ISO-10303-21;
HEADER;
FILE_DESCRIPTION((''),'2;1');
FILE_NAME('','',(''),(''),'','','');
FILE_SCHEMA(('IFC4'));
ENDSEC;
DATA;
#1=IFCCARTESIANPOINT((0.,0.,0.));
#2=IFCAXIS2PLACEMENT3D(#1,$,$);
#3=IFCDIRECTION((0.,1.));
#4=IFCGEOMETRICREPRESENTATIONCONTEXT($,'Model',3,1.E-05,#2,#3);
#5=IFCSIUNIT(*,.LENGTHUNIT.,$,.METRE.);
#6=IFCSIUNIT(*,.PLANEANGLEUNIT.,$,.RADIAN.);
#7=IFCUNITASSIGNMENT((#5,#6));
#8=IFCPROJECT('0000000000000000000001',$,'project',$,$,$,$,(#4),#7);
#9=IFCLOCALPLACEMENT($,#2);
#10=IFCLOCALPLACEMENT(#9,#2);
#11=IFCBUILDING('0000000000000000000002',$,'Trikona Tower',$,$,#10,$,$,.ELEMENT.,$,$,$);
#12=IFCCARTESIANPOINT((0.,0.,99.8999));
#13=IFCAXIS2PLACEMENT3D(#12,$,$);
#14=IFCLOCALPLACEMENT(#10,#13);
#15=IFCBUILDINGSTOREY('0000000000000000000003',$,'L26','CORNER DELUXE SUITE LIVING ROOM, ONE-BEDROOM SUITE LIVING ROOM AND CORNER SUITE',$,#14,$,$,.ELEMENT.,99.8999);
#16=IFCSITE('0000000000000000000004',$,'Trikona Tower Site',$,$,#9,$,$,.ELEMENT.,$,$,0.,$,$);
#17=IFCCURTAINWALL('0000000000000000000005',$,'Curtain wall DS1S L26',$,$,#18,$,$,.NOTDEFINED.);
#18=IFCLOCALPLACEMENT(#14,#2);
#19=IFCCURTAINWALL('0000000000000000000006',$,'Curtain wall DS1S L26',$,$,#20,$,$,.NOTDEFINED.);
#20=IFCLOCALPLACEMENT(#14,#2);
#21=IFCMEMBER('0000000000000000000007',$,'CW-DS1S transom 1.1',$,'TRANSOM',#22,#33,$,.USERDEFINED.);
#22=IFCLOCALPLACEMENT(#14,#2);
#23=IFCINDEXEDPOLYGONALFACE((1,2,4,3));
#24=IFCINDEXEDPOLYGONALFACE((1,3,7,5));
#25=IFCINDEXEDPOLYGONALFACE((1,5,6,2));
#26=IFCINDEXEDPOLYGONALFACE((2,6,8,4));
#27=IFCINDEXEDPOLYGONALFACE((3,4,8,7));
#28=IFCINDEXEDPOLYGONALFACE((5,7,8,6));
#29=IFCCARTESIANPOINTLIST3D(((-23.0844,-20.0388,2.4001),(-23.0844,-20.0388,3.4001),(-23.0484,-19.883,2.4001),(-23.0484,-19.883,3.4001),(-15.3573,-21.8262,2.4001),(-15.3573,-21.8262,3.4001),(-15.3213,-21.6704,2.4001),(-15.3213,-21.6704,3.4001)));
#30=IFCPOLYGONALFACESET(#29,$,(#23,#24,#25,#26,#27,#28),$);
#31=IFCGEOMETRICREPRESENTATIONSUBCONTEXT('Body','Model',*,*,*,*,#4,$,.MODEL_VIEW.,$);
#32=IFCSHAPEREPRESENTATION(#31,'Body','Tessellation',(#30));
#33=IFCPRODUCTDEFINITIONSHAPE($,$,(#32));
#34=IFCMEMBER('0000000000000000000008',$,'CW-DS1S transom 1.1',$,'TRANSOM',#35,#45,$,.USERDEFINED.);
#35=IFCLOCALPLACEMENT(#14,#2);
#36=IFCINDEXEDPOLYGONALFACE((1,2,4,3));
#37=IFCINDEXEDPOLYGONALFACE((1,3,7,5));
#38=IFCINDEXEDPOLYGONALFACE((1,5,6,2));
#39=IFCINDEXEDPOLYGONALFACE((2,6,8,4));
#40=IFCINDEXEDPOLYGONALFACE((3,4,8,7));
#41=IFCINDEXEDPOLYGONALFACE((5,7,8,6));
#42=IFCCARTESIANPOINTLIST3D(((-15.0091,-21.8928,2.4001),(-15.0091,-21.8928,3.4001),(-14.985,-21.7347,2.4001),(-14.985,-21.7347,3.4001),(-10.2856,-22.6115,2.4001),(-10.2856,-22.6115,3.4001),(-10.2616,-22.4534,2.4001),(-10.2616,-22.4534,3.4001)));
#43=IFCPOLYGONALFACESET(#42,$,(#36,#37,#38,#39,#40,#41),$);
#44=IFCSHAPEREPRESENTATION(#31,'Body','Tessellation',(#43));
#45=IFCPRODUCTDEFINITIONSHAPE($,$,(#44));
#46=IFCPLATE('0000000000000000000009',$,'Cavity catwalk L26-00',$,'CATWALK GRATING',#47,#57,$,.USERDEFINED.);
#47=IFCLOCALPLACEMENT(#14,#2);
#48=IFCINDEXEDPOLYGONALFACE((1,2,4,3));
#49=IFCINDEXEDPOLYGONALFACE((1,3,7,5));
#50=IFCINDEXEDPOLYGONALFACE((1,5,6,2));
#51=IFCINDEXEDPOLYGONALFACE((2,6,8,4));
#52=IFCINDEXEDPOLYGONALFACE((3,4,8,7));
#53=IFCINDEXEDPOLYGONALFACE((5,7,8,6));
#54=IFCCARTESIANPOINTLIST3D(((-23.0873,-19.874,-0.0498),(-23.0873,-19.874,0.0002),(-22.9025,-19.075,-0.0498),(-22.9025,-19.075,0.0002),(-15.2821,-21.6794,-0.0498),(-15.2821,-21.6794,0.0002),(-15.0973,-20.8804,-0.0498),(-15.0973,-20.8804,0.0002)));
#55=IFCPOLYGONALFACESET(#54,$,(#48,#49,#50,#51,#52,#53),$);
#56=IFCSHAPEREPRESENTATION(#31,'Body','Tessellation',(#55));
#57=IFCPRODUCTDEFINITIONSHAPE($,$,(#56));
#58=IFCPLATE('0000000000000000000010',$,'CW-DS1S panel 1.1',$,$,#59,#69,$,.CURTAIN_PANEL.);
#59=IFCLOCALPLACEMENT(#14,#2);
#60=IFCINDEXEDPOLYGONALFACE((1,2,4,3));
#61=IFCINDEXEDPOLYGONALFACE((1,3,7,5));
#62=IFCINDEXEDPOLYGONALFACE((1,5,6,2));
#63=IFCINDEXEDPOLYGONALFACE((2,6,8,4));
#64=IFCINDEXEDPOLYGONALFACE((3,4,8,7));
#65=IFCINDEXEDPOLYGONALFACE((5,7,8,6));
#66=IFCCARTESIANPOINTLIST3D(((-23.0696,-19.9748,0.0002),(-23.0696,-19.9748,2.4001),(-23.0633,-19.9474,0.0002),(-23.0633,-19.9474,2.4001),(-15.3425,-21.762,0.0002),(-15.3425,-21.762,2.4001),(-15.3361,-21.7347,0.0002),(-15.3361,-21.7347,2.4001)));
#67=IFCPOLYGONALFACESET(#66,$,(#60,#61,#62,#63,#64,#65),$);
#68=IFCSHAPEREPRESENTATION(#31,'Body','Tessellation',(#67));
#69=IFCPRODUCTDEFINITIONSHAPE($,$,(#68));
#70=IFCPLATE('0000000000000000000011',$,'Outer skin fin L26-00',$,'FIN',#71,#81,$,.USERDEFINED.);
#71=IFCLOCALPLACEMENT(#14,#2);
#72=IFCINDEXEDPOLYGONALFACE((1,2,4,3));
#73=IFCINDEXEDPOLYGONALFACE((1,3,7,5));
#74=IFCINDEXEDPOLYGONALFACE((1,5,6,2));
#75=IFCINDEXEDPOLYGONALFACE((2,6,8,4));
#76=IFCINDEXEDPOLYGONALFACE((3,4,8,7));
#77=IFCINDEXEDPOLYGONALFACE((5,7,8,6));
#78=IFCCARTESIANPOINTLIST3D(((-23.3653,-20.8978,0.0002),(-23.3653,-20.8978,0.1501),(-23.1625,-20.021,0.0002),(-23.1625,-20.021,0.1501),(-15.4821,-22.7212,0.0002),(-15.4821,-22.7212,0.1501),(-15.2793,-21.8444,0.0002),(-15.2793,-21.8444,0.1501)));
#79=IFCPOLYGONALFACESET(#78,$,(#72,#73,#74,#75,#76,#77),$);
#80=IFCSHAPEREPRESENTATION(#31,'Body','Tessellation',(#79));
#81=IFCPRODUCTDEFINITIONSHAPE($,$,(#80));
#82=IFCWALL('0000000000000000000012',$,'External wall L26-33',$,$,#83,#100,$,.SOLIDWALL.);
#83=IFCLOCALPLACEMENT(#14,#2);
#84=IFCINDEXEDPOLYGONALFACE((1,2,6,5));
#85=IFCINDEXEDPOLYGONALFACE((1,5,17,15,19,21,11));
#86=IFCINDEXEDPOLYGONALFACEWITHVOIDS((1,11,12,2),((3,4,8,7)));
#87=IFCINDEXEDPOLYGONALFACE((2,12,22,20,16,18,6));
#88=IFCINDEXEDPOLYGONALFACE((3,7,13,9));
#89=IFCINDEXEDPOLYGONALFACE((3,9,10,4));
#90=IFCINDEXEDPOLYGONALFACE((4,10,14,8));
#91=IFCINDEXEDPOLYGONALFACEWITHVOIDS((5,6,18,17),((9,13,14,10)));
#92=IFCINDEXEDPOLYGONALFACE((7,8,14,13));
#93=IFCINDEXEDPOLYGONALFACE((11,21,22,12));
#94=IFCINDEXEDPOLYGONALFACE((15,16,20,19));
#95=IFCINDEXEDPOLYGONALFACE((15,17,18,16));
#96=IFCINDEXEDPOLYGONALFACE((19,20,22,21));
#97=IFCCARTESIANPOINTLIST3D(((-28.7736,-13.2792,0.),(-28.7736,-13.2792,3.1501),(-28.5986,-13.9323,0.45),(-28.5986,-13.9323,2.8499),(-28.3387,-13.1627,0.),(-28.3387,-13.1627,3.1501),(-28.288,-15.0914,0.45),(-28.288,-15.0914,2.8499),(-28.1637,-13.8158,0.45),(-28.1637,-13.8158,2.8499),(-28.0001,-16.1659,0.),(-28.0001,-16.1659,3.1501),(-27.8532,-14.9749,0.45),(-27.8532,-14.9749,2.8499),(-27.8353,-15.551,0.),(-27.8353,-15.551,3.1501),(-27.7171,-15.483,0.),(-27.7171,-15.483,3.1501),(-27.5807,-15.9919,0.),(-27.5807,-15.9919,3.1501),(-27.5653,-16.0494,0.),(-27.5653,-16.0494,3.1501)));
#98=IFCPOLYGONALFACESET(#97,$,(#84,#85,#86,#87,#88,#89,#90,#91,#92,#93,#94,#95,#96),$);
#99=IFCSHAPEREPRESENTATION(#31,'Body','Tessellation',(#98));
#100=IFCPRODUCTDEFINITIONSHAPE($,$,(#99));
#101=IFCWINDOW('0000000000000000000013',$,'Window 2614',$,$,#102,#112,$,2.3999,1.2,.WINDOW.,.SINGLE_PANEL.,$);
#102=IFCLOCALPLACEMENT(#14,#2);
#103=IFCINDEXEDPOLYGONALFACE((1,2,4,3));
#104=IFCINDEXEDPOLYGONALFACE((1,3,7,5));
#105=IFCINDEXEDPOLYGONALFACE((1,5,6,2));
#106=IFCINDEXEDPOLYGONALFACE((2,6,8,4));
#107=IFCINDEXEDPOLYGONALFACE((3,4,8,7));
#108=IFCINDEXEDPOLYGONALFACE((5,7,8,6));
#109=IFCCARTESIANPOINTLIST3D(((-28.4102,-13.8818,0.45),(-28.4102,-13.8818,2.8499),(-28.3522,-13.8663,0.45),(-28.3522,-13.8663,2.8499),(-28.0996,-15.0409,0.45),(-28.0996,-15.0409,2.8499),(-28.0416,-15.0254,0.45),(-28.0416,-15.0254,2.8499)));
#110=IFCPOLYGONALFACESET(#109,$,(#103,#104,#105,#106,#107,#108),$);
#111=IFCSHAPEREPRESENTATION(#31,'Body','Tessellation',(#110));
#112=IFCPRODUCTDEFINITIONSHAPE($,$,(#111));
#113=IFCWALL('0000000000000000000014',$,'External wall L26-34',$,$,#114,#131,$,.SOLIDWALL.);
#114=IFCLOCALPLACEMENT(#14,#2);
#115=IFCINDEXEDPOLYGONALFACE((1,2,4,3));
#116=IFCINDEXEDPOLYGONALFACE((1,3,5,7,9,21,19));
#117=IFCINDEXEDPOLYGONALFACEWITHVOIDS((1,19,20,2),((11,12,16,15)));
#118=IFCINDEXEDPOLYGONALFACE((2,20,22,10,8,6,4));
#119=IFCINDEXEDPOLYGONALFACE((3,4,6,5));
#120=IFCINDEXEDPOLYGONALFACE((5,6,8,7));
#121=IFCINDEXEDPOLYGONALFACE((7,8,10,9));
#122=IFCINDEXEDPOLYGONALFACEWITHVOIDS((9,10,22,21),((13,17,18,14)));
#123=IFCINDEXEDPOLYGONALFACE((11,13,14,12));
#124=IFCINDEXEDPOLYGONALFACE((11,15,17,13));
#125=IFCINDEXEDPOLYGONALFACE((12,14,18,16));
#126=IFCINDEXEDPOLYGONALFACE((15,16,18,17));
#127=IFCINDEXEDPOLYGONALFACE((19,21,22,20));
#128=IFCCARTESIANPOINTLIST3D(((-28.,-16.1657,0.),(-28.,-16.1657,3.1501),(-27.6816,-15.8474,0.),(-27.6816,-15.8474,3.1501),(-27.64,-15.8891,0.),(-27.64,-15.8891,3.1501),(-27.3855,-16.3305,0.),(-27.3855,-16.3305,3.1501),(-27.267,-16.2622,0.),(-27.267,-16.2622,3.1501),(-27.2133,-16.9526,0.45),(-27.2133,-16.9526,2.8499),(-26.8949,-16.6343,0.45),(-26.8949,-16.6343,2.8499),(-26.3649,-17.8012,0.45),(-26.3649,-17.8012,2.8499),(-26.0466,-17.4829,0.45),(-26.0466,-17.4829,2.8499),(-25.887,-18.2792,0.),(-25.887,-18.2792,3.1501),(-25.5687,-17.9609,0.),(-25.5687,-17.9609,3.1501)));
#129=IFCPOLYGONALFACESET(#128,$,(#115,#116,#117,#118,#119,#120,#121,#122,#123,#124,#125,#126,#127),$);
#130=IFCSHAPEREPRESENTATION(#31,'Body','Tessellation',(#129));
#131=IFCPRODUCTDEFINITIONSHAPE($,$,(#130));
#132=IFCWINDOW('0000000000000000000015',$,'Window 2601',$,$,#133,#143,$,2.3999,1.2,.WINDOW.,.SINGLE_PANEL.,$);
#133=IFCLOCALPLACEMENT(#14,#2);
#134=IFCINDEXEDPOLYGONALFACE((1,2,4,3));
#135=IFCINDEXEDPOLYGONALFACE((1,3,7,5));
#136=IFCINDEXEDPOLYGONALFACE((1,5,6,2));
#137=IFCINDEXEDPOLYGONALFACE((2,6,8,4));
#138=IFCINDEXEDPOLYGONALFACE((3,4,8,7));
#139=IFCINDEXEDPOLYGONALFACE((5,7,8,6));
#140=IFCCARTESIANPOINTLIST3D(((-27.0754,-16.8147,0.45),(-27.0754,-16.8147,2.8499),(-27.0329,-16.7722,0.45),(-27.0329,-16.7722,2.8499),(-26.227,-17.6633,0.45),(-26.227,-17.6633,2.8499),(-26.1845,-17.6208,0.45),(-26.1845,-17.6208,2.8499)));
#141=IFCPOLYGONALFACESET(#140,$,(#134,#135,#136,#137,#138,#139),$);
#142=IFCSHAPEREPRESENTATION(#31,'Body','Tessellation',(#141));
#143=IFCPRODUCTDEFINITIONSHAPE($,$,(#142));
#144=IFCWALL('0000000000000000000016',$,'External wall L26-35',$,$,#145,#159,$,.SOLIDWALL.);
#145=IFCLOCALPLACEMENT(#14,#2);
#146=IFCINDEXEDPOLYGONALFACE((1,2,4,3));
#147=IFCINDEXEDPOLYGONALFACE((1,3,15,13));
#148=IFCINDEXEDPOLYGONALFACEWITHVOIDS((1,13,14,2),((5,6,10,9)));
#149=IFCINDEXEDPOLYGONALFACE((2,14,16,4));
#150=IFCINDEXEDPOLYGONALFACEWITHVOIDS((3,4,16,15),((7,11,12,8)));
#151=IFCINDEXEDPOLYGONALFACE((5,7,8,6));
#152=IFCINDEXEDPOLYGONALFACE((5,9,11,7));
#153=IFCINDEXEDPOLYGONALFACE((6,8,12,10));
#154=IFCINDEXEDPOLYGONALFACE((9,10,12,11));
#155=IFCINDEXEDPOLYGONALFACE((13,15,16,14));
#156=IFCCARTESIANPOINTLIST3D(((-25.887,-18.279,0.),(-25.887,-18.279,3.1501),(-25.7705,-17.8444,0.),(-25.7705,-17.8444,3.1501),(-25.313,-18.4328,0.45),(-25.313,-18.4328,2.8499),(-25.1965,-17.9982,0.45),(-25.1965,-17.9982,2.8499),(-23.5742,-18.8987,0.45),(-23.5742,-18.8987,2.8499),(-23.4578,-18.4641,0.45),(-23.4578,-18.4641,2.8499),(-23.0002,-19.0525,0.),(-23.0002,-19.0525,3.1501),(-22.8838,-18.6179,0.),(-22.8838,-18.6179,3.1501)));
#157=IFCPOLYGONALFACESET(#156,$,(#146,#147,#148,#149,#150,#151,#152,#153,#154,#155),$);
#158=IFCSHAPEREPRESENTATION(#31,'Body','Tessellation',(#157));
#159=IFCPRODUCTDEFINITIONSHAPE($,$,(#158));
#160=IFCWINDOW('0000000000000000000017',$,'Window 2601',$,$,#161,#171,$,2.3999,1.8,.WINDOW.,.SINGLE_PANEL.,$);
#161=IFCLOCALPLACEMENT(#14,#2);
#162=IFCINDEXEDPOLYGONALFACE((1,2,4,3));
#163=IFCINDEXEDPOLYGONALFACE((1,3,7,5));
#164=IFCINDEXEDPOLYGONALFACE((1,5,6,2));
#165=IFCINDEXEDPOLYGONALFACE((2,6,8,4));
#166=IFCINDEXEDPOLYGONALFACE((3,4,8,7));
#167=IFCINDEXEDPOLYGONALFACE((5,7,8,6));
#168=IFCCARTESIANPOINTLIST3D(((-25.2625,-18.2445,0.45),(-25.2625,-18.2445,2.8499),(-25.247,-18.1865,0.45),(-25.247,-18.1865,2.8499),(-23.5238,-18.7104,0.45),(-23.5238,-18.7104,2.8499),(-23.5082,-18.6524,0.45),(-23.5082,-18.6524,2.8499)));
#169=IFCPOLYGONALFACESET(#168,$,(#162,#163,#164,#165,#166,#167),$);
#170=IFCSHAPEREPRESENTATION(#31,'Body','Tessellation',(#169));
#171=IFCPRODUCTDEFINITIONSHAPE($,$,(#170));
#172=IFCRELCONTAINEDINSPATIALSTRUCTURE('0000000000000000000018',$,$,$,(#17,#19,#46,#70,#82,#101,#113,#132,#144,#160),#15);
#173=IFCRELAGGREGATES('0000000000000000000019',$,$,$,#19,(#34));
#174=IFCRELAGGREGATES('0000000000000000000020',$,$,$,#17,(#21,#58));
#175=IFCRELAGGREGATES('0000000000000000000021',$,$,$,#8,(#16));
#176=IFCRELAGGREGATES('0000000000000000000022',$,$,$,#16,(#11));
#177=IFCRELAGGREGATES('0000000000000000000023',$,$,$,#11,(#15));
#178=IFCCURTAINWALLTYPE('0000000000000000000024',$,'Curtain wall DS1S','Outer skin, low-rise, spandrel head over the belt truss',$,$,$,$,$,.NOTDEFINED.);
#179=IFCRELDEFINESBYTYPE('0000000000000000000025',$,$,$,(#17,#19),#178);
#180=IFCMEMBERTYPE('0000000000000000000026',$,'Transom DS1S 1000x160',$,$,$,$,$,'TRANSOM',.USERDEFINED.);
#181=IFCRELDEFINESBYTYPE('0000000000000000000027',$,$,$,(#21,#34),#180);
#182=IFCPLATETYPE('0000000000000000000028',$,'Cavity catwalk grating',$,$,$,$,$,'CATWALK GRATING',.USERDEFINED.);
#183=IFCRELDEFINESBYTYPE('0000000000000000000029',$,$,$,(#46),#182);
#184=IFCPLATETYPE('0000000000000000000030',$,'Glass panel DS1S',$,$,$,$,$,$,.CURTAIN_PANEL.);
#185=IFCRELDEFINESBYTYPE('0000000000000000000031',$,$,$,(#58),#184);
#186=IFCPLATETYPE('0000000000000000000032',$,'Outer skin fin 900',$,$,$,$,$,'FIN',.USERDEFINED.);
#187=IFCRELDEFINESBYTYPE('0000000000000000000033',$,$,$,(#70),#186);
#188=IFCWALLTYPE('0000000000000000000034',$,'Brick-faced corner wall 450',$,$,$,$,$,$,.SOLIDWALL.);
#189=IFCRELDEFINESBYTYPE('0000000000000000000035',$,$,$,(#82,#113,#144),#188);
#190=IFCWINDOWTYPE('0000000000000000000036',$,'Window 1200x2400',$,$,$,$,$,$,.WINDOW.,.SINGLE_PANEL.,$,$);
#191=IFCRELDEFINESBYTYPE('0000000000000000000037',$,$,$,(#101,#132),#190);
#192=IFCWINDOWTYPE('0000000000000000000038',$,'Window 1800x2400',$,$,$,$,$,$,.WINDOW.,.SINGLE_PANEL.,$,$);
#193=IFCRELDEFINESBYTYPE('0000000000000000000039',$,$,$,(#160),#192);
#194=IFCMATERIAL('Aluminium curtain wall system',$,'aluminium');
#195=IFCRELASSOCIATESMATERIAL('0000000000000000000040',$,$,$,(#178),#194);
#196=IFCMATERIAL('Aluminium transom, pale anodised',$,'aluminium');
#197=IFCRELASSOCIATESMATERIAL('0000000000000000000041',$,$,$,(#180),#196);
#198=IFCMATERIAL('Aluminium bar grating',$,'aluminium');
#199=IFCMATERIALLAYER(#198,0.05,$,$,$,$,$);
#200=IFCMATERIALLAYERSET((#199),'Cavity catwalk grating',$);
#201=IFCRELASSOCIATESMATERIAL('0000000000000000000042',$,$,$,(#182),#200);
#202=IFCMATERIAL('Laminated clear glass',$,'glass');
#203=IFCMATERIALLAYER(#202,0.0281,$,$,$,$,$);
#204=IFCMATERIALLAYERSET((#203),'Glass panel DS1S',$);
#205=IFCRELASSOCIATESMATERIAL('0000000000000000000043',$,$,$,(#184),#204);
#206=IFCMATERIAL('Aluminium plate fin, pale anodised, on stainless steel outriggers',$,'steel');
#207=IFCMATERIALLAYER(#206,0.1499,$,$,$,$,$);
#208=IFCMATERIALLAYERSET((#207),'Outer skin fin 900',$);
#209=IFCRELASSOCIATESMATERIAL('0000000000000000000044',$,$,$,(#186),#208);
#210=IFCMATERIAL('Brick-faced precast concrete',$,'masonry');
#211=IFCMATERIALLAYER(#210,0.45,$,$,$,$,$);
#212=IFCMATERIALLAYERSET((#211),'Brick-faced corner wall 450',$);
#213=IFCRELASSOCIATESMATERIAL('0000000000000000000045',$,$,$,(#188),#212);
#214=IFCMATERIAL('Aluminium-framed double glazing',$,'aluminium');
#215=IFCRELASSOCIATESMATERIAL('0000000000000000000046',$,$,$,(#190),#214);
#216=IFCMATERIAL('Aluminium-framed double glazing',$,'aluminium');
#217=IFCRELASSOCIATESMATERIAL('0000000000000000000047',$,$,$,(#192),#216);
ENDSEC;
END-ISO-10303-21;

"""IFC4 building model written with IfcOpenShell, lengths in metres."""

from ifc_helpers import new_model, si_unit, direction, frame, frame_2d, origin, origin_2d, place, context, subcontext, project, spatial, polyline, rectangle, outline, extrude, material, layer, layer_set, material_profile, profile_set, type_object, element, fill, aggregate, save


model = new_model("IFC4")

# Units and contexts
model_context = context("Model", 3, precision=1e-05, world=origin(), true_north=direction((0.0, 1.0)))
body_context = subcontext(model_context, "Body", "Model", "MODEL_VIEW")
ifc_project = project(units=[si_unit("LENGTHUNIT", "METRE"), si_unit("PLANEANGLEUNIT", "RADIAN")], contexts=[model_context])

# Site, building, storey
site_placement = place(None, origin())
site = spatial("IfcSite", under=ifc_project, at=site_placement, Name="Trikona Tower Site", CompositionType="ELEMENT", RefElevation=0.0)
building_placement = place(site_placement, origin())
building = spatial("IfcBuilding", under=site, at=building_placement, Name="Trikona Tower", CompositionType="ELEMENT")
storey_placement = place(building_placement, frame((0.0, 0.0, 99.8999)))
storey = spatial("IfcBuildingStorey", under=building, at=storey_placement, Name="L26", Description="CORNER DELUXE SUITE LIVING ROOM, ONE-BEDROOM SUITE LIVING ROOM AND CORNER SUITE", CompositionType="ELEMENT", Elevation=99.8999)

# Curtain wall
ifc_material_1 = material(Name="Aluminium curtain wall system", Category="aluminium")
curtain_wall_type = type_object("IfcCurtainWallType", Name="Curtain wall DS1S", Description="Outer skin, low-rise, spandrel head over the belt truss", PredefinedType="NOTDEFINED", material=ifc_material_1)
curtain_wall_1_placement = place(storey_placement, origin())
curtain_wall_1 = element("IfcCurtainWall", 1, at=curtain_wall_1_placement, inside=storey, type_object=curtain_wall_type, Name="Curtain wall DS1S L26", PredefinedType="NOTDEFINED")

# Curtain wall
curtain_wall_2_placement = place(storey_placement, origin())
curtain_wall_2 = element("IfcCurtainWall", 2, at=curtain_wall_2_placement, inside=storey, type_object=curtain_wall_type, Name="Curtain wall DS1S L26", PredefinedType="NOTDEFINED")

# Members
ifc_material_2 = material(Name="Aluminium transom, pale anodised", Category="aluminium")
ifc_material_profile_1 = material_profile(ifc_material_2, rectangle(XDim=0.1599, YDim=1.0, at=origin_2d()), Name="TRN-DS1S")
ifc_profile_set_1 = profile_set([ifc_material_profile_1], Name="Aluminium transom, pale anodised")
member_type_1 = type_object("IfcMemberType", Name="Transom DS1S 1000x160", ElementType="TRANSOM", PredefinedType="USERDEFINED", material=ifc_profile_set_1)
member_1_placement = place(storey_placement, frame((-23.0664, -19.9609, 2.9001), z_axis=(0.974275, -0.225361, 0.0), x_axis=(0.225361, 0.974275, 0.0)))
member_1 = element("IfcMember", 3, at=member_1_placement, type_object=member_type_1, Name="CW-DS1S transom 1.1", ObjectType="TRANSOM", PredefinedType="USERDEFINED", context=body_context, shape_type="SweptSolid", body=[
    extrude(rectangle(XDim=0.1599, YDim=1.0, at=origin_2d()), origin(), (0.0, 0.0, 1.0), 7.9312),
])
member_2_placement = place(storey_placement, frame((-14.9971, -21.8137, 2.9001), z_axis=(0.98862, -0.150437, 0.0), x_axis=(0.150437, 0.98862, 0.0)))
member_2 = element("IfcMember", 4, at=member_2_placement, type_object=member_type_1, Name="CW-DS1S transom 1.1", ObjectType="TRANSOM", PredefinedType="USERDEFINED", context=body_context, shape_type="SweptSolid", body=[
    extrude(rectangle(XDim=0.1599, YDim=1.0, at=origin_2d()), origin(), (0.0, 0.0, 1.0), 4.7778),
])
aggregate(curtain_wall_2, [member_2])

# Plates
ifc_material_3 = material(Name="Aluminium bar grating", Category="aluminium")
ifc_layer_1 = layer(ifc_material_3, 0.05)
ifc_layer_set_1 = layer_set([ifc_layer_1], Name="Cavity catwalk grating")
plate_type_1 = type_object("IfcPlateType", Name="Cavity catwalk grating", ElementType="CATWALK GRATING", PredefinedType="USERDEFINED", material=ifc_layer_set_1)
plate_1_placement = place(storey_placement, frame((-19.0923, -20.3772, -0.0498), z_axis=(0.0, 0.0, 1.0), x_axis=(0.974278, -0.225351, 0.0)))
element("IfcPlate", 5, at=plate_1_placement, inside=storey, type_object=plate_type_1, Name="Cavity catwalk L26-00", ObjectType="CATWALK GRATING", PredefinedType="USERDEFINED", context=body_context, shape_type="SweptSolid", body=[
    extrude(rectangle(XDim=8.0112, YDim=0.8201, at=origin_2d()), origin(), (0.0, 0.0, 1.0), 0.05),
])
ifc_material_4 = material(Name="Laminated clear glass", Category="glass")
ifc_layer_2 = layer(ifc_material_4, 0.0281)
ifc_layer_set_2 = layer_set([ifc_layer_2], Name="Glass panel DS1S")
plate_type_2 = type_object("IfcPlateType", Name="Glass panel DS1S", PredefinedType="CURTAIN_PANEL", material=ifc_layer_set_2)
plate_2_placement = place(storey_placement, frame((-19.2029, -20.8547, 0.0002), z_axis=(0.0, 0.0, 1.0), x_axis=(0.974279, -0.225343, 0.0)))
plate_2 = element("IfcPlate", 6, at=plate_2_placement, type_object=plate_type_2, Name="CW-DS1S panel 1.1", PredefinedType="CURTAIN_PANEL", context=body_context, shape_type="SweptSolid", body=[
    extrude(rectangle(XDim=7.9312, YDim=0.0281, at=origin_2d()), origin(), (0.0, 0.0, 1.0), 2.3999),
])
aggregate(curtain_wall_1, [member_1, plate_2])
ifc_material_5 = material(Name="Aluminium plate fin, pale anodised, on stainless steel outriggers", Category="steel")
ifc_layer_3 = layer(ifc_material_5, 0.1499)
ifc_layer_set_3 = layer_set([ifc_layer_3], Name="Outer skin fin 900")
plate_type_3 = type_object("IfcPlateType", Name="Outer skin fin 900", ElementType="FIN", PredefinedType="USERDEFINED", material=ifc_layer_set_3)
plate_3_placement = place(storey_placement, frame((-19.3223, -21.3711, 0.0002), z_axis=(0.0, 0.0, 1.0), x_axis=(0.974278, -0.225351, 0.0)))
element("IfcPlate", 7, at=plate_3_placement, inside=storey, type_object=plate_type_3, Name="Outer skin fin L26-00", ObjectType="FIN", PredefinedType="USERDEFINED", context=body_context, shape_type="SweptSolid", body=[
    extrude(rectangle(XDim=8.0913, YDim=0.8999, at=origin_2d()), origin(), (0.0, 0.0, 1.0), 0.1499),
])

# Walls, openings, windows
ifc_material_6 = material(Name="Brick-faced precast concrete", Category="masonry")
ifc_layer_4 = layer(ifc_material_6, 0.45)
ifc_layer_set_4 = layer_set([ifc_layer_4], Name="Brick-faced corner wall 450")
wall_type_1 = type_object("IfcWallType", Name="Brick-faced corner wall 450", PredefinedType="SOLIDWALL", material=ifc_layer_set_4)
wall_1_placement = place(storey_placement, frame((-28.5562, -13.2209, 0.0), z_axis=(0.0, 0.0, 1.0), x_axis=(0.258801, -0.965931, 0.0)))
wall_1 = element("IfcWall", 8, at=wall_1_placement, inside=storey, type_object=wall_type_1, Name="External wall L26-33", PredefinedType="SOLIDWALL", context=body_context, shape_type="SweptSolid", body=[
    extrude(outline(polyline([(2.9885, 0.2251), (2.929, 0.2251), (2.4373, 0.0933), (2.4021, 0.2251), (0.0, 0.2251), (0.0, -0.2251), (2.9885, -0.2251), (2.9885, 0.2251)])), origin(), (0.0, 0.0, 1.0), 3.1501),
])
opening_1_placement = place(wall_1_placement, frame((0.676, 0.0, 0.45)))
opening_1 = element("IfcOpeningElement", 9, at=opening_1_placement, cuts=wall_1, PredefinedType="OPENING", context=body_context, shape_type="SweptSolid", body=[
    extrude(rectangle(XDim=1.2, YDim=2.3999, at=frame_2d((0.6001, 1.2))), frame((0.0, 0.2349, 0.0), z_axis=(0.0, -1.0, 0.0), x_axis=(1.0, 0.0, 0.0)), (0.0, 0.0, 1.0), 0.47),
])
ifc_material_7 = material(Name="Aluminium-framed double glazing", Category="aluminium")
window_type_1 = type_object("IfcWindowType", Name="Window 1200x2400", PartitioningType="SINGLE_PANEL", PredefinedType="WINDOW", material=ifc_material_7)
window_1_placement = place(opening_1_placement, origin())
window_1 = element("IfcWindow", 10, at=window_1_placement, inside=storey, type_object=window_type_1, Name="Window 2614", OverallHeight=2.3999, OverallWidth=1.2, PartitioningType="SINGLE_PANEL", PredefinedType="WINDOW", context=body_context, shape_type="SweptSolid", body=[
    extrude(rectangle(XDim=1.2, YDim=2.3999, at=frame_2d((0.6001, 1.2))), frame((0.0, 0.03, 0.0), z_axis=(0.0, -1.0, 0.0), x_axis=(1.0, 0.0, 0.0)), (0.0, 0.0, 1.0), 0.0601),
])
fill(opening_1, window_1)
wall_2_placement = place(storey_placement, frame((-27.8408, -16.0066, 0.0), z_axis=(0.0, 0.0, 1.0), x_axis=(0.707025, -0.707188, 0.0)))
wall_2 = element("IfcWall", 11, at=wall_2_placement, inside=storey, type_object=wall_type_1, Name="External wall L26-34", PredefinedType="SOLIDWALL", context=body_context, shape_type="SweptSolid", body=[
    extrude(outline(polyline([(2.9885, 0.2251), (0.5864, 0.2251), (0.551, 0.093), (0.0588, 0.2251), (0.0, 0.2251), (0.0, -0.2251), (2.9885, -0.2251), (2.9885, 0.2251)])), origin(), (0.0, 0.0, 1.0), 3.1501),
])
opening_2_placement = place(wall_2_placement, frame((1.1125, 0.0, 0.45)))
opening_2 = element("IfcOpeningElement", 12, at=opening_2_placement, cuts=wall_2, PredefinedType="OPENING", context=body_context, shape_type="SweptSolid", body=[
    extrude(rectangle(XDim=1.2, YDim=2.3999, at=frame_2d((0.6001, 1.2))), frame((0.0, 0.2349, 0.0), z_axis=(0.0, -1.0, 0.0), x_axis=(1.0, 0.0, 0.0)), (0.0, 0.0, 1.0), 0.47),
])
window_2_placement = place(opening_2_placement, origin())
window_2 = element("IfcWindow", 13, at=window_2_placement, inside=storey, type_object=window_type_1, Name="Window 2601", OverallHeight=2.3999, OverallWidth=1.2, PartitioningType="SINGLE_PANEL", PredefinedType="WINDOW", context=body_context, shape_type="SweptSolid", body=[
    extrude(rectangle(XDim=1.2, YDim=2.3999, at=frame_2d((0.6001, 1.2))), frame((0.0, 0.03, 0.0), z_axis=(0.0, -1.0, 0.0), x_axis=(1.0, 0.0, 0.0)), (0.0, 0.0, 1.0), 0.0601),
])
fill(opening_2, window_2)
wall_3_placement = place(storey_placement, frame((-25.8286, -18.0618, 0.0), z_axis=(0.0, 0.0, 1.0), x_axis=(0.965931, -0.258801, 0.0)))
wall_3 = element("IfcWall", 14, at=wall_3_placement, inside=storey, type_object=wall_type_1, Name="External wall L26-35", PredefinedType="SOLIDWALL", context=body_context, shape_type="SweptSolid", body=[
    extrude(rectangle(XDim=2.9885, YDim=0.45, at=frame_2d((1.4941, 0.0))), origin(), (0.0, 0.0, 1.0), 3.1501),
])
opening_3_placement = place(wall_3_placement, frame((0.5942, 0.0, 0.45)))
opening_3 = element("IfcOpeningElement", 15, at=opening_3_placement, cuts=wall_3, PredefinedType="OPENING", context=body_context, shape_type="SweptSolid", body=[
    extrude(rectangle(XDim=1.8, YDim=2.3999, at=frame_2d((0.8999, 1.2))), frame((0.0, 0.2349, 0.0), z_axis=(0.0, -1.0, 0.0), x_axis=(1.0, 0.0, 0.0)), (0.0, 0.0, 1.0), 0.47),
])
ifc_material_8 = material(Name="Aluminium-framed double glazing", Category="aluminium")
window_type_2 = type_object("IfcWindowType", Name="Window 1800x2400", PartitioningType="SINGLE_PANEL", PredefinedType="WINDOW", material=ifc_material_8)
window_3_placement = place(opening_3_placement, origin())
window_3 = element("IfcWindow", 16, at=window_3_placement, inside=storey, type_object=window_type_2, Name="Window 2601", OverallHeight=2.3999, OverallWidth=1.8, PartitioningType="SINGLE_PANEL", PredefinedType="WINDOW", context=body_context, shape_type="SweptSolid", body=[
    extrude(rectangle(XDim=1.8, YDim=2.3999, at=frame_2d((0.8999, 1.2))), frame((0.0, 0.03, 0.0), z_axis=(0.0, -1.0, 0.0), x_axis=(1.0, 0.0, 0.0)), (0.0, 0.0, 1.0), 0.0601),
])
fill(opening_3, window_3)

save(model, "model.ifc")
